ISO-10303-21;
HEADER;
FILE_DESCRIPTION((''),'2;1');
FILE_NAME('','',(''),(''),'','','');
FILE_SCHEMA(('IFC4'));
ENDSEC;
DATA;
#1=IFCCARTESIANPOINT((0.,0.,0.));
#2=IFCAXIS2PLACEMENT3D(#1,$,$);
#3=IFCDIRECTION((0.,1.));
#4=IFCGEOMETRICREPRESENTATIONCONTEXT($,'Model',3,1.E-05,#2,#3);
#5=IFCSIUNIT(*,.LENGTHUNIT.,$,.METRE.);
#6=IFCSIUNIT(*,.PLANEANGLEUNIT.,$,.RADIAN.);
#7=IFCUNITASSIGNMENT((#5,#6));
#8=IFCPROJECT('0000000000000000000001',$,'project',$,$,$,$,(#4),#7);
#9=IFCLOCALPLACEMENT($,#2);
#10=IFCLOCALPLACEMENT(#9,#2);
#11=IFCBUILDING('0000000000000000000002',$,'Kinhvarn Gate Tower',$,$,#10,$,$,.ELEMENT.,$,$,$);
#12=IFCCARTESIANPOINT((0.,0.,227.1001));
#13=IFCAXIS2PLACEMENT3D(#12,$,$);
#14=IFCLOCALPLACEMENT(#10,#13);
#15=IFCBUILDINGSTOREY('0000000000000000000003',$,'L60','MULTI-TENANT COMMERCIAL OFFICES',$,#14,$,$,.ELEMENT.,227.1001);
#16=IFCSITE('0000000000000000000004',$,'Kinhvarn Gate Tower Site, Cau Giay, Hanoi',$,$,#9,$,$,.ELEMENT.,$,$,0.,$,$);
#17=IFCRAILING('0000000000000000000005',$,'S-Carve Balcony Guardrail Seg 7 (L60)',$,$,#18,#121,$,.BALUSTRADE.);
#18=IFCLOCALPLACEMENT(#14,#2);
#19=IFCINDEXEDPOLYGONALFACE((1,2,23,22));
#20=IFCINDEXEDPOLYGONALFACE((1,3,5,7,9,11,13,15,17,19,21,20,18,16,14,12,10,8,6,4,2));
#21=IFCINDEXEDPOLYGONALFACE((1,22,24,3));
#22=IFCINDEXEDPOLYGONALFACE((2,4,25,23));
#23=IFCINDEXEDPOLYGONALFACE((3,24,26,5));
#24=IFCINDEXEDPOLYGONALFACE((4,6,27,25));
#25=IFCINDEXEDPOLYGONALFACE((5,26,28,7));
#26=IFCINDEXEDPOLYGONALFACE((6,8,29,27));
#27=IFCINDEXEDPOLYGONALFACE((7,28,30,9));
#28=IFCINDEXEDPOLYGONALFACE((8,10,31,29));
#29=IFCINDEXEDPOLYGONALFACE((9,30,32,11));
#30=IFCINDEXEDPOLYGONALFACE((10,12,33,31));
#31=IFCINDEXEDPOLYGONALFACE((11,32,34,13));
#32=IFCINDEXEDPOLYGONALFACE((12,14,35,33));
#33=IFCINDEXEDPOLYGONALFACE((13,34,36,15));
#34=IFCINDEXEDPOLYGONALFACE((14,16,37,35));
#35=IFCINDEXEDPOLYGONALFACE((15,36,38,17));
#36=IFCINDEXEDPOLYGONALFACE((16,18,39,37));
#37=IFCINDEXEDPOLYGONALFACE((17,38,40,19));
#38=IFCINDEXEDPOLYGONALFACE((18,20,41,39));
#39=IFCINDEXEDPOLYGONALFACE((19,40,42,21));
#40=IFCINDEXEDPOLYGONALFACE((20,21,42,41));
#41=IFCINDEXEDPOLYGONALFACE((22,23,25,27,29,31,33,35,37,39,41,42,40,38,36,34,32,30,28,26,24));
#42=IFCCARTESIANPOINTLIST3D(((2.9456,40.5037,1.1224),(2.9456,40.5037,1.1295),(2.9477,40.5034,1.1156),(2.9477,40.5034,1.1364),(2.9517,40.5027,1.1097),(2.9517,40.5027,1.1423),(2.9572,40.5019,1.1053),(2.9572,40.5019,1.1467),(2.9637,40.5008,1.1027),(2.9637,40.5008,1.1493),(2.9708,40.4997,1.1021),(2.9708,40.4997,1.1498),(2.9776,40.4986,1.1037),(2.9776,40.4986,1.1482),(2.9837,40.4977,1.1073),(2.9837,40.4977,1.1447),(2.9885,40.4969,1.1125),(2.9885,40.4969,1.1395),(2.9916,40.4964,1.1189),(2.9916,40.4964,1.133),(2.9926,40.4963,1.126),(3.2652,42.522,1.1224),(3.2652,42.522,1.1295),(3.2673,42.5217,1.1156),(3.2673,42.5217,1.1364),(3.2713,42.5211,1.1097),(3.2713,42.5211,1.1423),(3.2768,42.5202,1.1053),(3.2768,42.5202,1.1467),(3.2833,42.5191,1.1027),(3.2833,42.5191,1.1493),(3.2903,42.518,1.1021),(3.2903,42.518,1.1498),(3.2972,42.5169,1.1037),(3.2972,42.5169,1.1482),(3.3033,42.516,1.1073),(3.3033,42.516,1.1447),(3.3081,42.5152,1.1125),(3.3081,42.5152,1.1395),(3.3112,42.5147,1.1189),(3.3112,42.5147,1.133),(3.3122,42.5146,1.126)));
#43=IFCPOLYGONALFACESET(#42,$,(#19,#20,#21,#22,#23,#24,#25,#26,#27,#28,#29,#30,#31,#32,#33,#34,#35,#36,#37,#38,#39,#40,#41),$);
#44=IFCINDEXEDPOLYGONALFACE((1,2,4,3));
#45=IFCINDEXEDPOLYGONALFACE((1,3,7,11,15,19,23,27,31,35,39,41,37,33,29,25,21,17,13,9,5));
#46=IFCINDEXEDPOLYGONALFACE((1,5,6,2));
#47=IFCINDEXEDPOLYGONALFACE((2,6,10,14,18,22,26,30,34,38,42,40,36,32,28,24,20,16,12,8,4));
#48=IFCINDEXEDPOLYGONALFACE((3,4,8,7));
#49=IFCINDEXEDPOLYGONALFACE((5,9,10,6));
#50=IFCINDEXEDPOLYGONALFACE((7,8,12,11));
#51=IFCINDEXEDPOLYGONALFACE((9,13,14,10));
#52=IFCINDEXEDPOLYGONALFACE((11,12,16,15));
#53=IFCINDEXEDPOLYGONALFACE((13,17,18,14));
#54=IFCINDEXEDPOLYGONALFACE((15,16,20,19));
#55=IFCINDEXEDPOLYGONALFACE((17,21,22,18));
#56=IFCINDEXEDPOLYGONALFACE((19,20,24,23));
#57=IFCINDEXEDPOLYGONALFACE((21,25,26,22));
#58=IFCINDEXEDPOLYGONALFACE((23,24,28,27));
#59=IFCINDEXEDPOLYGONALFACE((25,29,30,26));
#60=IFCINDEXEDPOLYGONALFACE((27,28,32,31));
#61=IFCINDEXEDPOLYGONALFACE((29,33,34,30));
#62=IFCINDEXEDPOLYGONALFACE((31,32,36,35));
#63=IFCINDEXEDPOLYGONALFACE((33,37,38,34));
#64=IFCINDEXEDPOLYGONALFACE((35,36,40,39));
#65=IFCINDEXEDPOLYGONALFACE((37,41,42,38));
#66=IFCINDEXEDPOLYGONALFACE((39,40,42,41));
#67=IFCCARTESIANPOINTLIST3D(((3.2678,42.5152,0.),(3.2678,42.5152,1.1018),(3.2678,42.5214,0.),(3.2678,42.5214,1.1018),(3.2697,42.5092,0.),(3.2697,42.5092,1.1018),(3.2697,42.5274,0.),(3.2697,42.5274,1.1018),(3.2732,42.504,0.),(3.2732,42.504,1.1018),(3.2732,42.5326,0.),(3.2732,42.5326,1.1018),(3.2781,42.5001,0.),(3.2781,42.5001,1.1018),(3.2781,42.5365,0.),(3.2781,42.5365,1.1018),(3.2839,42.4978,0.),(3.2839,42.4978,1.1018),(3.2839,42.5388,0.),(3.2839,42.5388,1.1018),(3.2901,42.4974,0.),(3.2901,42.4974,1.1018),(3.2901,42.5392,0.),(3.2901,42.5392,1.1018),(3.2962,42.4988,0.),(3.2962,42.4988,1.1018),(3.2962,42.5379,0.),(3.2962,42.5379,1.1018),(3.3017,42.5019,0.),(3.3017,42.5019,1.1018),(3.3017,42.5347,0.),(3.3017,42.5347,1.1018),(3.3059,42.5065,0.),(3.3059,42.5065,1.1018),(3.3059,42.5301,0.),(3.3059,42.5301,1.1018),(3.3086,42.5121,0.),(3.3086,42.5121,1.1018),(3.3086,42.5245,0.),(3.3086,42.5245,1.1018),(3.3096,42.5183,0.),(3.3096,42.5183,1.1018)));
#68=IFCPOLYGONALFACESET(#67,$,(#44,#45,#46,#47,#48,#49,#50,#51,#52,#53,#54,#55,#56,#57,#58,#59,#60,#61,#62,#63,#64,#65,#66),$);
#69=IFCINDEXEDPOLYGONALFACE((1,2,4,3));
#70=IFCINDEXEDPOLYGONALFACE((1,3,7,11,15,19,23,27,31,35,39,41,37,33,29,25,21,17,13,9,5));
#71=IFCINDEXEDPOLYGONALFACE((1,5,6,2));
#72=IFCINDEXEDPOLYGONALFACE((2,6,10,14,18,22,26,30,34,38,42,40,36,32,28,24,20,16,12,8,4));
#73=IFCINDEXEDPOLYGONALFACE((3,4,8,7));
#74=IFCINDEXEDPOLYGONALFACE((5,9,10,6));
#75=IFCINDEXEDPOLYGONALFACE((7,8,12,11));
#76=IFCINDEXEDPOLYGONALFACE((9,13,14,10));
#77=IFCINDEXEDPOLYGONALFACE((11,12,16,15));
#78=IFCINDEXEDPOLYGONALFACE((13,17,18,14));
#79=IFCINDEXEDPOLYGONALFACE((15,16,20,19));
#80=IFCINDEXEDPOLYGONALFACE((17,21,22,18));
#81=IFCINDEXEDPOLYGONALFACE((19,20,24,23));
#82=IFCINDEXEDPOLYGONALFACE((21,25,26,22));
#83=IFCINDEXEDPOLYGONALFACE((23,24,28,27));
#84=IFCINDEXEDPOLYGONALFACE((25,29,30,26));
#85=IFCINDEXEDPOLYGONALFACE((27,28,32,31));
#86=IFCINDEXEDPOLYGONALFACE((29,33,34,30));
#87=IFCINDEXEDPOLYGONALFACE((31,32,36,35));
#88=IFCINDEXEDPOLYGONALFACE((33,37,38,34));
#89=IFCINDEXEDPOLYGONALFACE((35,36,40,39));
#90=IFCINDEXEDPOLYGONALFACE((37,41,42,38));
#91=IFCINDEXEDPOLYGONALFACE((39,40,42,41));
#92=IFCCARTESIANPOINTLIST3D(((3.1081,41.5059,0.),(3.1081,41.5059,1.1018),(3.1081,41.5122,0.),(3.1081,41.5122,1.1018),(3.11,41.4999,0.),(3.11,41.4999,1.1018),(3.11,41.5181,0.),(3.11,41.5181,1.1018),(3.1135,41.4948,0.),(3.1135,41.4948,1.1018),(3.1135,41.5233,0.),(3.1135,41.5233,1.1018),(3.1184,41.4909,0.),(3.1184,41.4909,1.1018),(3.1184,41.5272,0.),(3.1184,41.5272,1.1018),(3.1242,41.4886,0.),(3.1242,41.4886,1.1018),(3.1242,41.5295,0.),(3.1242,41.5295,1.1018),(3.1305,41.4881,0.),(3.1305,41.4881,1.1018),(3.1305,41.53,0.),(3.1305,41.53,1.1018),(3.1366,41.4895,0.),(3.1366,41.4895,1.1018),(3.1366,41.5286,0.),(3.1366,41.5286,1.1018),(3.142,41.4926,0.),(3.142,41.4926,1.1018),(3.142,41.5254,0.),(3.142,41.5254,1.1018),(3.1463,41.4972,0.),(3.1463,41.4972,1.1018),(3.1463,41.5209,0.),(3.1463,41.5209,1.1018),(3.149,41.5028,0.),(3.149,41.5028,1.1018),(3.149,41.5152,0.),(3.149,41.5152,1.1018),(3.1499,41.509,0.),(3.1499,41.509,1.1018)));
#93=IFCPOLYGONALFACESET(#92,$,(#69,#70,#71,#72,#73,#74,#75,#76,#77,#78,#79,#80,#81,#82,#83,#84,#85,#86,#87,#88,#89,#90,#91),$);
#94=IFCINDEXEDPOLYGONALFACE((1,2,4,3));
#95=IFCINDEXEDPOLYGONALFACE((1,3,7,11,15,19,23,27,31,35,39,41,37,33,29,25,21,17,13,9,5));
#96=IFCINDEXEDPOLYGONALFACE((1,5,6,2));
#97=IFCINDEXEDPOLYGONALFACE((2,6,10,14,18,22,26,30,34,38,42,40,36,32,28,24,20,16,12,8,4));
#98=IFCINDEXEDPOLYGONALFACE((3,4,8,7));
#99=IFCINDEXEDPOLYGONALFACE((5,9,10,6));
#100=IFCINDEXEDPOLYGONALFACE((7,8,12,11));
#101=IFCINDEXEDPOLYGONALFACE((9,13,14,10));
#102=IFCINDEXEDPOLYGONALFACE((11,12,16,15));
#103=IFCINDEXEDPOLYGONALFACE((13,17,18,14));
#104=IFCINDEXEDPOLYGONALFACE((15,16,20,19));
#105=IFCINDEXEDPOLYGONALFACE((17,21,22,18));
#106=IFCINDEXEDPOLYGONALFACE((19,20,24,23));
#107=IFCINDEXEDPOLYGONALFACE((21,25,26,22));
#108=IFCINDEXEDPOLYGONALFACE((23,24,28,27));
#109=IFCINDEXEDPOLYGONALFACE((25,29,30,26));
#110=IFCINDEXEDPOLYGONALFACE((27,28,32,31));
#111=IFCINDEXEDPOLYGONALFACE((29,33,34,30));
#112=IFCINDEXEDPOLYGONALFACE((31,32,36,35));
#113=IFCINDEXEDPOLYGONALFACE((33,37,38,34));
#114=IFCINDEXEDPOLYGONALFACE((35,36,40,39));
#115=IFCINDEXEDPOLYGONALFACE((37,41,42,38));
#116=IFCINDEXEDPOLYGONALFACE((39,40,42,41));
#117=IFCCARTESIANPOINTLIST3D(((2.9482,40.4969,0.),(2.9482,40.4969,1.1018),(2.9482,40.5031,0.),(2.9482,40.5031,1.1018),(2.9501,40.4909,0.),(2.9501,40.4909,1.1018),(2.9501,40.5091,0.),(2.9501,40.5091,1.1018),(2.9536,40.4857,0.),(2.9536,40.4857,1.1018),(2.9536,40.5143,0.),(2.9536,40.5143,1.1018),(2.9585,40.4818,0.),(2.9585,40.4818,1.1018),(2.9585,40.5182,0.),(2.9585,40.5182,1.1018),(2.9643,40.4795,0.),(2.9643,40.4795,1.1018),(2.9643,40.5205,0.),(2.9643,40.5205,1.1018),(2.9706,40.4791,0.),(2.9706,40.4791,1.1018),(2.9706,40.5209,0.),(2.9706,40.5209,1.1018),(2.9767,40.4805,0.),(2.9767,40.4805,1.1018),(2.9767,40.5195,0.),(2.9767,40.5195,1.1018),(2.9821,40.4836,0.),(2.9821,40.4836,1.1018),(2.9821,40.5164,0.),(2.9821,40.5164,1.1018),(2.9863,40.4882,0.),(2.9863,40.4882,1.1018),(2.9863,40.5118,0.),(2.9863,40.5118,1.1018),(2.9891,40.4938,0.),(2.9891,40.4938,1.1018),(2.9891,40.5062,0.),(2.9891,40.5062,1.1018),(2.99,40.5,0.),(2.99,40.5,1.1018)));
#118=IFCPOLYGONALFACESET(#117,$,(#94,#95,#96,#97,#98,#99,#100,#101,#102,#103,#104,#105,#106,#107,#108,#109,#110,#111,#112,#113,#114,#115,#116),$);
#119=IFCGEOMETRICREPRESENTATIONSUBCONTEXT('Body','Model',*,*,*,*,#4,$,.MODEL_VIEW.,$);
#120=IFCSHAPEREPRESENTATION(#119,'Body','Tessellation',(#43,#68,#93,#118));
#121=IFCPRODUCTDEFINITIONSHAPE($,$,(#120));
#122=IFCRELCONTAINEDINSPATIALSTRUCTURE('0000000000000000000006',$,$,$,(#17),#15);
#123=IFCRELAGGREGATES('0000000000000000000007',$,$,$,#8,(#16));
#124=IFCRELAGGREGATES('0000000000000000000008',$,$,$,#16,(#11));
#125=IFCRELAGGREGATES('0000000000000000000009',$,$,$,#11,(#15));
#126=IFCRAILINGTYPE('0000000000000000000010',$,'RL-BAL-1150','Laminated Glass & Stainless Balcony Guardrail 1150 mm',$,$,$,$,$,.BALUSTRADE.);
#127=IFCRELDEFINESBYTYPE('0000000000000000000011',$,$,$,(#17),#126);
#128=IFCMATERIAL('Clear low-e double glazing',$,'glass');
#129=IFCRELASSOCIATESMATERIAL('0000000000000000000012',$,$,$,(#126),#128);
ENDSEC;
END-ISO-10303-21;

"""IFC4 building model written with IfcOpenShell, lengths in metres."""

from ifc_helpers import new_model, si_unit, direction, frame, origin, origin_2d, place, context, subcontext, project, spatial, circle, extrude, material, type_object, element, save


model = new_model("IFC4")

# Units and contexts
model_context = context("Model", 3, precision=1e-05, world=origin(), true_north=direction((0.0, 1.0)))
body_context = subcontext(model_context, "Body", "Model", "MODEL_VIEW")
ifc_project = project(units=[si_unit("LENGTHUNIT", "METRE"), si_unit("PLANEANGLEUNIT", "RADIAN")], contexts=[model_context])

# Site, building, storey
site_placement = place(None, origin())
site = spatial("IfcSite", under=ifc_project, at=site_placement, Name="Kinhvarn Gate Tower Site, Cau Giay, Hanoi", CompositionType="ELEMENT", RefElevation=0.0)
building_placement = place(site_placement, origin())
building = spatial("IfcBuilding", under=site, at=building_placement, Name="Kinhvarn Gate Tower", CompositionType="ELEMENT")
storey_placement = place(building_placement, frame((0.0, 0.0, 227.1001)))
storey = spatial("IfcBuildingStorey", under=building, at=storey_placement, Name="L60", Description="MULTI-TENANT COMMERCIAL OFFICES", CompositionType="ELEMENT", Elevation=227.1001)

# Shared definitions
ifc_material_1 = material(Name="Clear low-e double glazing", Category="glass")

# Railing
railing_type = type_object("IfcRailingType", Name="RL-BAL-1150", Description="Laminated Glass & Stainless Balcony Guardrail 1150 mm", PredefinedType="BALUSTRADE", material=ifc_material_1)
railing_1_placement = place(storey_placement, frame((3.2886, 42.5183, 0.0)))
element("IfcRailing", 1, at=railing_1_placement, inside=storey, type_object=railing_type, Name="S-Carve Balcony Guardrail Seg 7 (L60)", PredefinedType="BALUSTRADE", context=body_context, shape_type="SweptSolid", body=[
    extrude(circle(Radius=0.0239, at=origin_2d()), frame((0.0, 0.0, 1.126), z_axis=(-0.156392, -0.987695, 0.0), x_axis=(0.987695, -0.156392, 0.0)), (0.0, 0.0, 1.0), 2.0435),
    extrude(circle(Radius=0.021, at=origin_2d()), origin(), (0.0, 0.0, 1.0), 1.1018),
    extrude(circle(Radius=0.021, at=origin_2d()), frame((-0.1597, -1.0093, 0.0)), (0.0, 0.0, 1.0), 1.1018),
    extrude(circle(Radius=0.021, at=origin_2d()), frame((-0.3196, -2.0183, 0.0)), (0.0, 0.0, 1.0), 1.1018),
])

save(model, "model.ifc")
